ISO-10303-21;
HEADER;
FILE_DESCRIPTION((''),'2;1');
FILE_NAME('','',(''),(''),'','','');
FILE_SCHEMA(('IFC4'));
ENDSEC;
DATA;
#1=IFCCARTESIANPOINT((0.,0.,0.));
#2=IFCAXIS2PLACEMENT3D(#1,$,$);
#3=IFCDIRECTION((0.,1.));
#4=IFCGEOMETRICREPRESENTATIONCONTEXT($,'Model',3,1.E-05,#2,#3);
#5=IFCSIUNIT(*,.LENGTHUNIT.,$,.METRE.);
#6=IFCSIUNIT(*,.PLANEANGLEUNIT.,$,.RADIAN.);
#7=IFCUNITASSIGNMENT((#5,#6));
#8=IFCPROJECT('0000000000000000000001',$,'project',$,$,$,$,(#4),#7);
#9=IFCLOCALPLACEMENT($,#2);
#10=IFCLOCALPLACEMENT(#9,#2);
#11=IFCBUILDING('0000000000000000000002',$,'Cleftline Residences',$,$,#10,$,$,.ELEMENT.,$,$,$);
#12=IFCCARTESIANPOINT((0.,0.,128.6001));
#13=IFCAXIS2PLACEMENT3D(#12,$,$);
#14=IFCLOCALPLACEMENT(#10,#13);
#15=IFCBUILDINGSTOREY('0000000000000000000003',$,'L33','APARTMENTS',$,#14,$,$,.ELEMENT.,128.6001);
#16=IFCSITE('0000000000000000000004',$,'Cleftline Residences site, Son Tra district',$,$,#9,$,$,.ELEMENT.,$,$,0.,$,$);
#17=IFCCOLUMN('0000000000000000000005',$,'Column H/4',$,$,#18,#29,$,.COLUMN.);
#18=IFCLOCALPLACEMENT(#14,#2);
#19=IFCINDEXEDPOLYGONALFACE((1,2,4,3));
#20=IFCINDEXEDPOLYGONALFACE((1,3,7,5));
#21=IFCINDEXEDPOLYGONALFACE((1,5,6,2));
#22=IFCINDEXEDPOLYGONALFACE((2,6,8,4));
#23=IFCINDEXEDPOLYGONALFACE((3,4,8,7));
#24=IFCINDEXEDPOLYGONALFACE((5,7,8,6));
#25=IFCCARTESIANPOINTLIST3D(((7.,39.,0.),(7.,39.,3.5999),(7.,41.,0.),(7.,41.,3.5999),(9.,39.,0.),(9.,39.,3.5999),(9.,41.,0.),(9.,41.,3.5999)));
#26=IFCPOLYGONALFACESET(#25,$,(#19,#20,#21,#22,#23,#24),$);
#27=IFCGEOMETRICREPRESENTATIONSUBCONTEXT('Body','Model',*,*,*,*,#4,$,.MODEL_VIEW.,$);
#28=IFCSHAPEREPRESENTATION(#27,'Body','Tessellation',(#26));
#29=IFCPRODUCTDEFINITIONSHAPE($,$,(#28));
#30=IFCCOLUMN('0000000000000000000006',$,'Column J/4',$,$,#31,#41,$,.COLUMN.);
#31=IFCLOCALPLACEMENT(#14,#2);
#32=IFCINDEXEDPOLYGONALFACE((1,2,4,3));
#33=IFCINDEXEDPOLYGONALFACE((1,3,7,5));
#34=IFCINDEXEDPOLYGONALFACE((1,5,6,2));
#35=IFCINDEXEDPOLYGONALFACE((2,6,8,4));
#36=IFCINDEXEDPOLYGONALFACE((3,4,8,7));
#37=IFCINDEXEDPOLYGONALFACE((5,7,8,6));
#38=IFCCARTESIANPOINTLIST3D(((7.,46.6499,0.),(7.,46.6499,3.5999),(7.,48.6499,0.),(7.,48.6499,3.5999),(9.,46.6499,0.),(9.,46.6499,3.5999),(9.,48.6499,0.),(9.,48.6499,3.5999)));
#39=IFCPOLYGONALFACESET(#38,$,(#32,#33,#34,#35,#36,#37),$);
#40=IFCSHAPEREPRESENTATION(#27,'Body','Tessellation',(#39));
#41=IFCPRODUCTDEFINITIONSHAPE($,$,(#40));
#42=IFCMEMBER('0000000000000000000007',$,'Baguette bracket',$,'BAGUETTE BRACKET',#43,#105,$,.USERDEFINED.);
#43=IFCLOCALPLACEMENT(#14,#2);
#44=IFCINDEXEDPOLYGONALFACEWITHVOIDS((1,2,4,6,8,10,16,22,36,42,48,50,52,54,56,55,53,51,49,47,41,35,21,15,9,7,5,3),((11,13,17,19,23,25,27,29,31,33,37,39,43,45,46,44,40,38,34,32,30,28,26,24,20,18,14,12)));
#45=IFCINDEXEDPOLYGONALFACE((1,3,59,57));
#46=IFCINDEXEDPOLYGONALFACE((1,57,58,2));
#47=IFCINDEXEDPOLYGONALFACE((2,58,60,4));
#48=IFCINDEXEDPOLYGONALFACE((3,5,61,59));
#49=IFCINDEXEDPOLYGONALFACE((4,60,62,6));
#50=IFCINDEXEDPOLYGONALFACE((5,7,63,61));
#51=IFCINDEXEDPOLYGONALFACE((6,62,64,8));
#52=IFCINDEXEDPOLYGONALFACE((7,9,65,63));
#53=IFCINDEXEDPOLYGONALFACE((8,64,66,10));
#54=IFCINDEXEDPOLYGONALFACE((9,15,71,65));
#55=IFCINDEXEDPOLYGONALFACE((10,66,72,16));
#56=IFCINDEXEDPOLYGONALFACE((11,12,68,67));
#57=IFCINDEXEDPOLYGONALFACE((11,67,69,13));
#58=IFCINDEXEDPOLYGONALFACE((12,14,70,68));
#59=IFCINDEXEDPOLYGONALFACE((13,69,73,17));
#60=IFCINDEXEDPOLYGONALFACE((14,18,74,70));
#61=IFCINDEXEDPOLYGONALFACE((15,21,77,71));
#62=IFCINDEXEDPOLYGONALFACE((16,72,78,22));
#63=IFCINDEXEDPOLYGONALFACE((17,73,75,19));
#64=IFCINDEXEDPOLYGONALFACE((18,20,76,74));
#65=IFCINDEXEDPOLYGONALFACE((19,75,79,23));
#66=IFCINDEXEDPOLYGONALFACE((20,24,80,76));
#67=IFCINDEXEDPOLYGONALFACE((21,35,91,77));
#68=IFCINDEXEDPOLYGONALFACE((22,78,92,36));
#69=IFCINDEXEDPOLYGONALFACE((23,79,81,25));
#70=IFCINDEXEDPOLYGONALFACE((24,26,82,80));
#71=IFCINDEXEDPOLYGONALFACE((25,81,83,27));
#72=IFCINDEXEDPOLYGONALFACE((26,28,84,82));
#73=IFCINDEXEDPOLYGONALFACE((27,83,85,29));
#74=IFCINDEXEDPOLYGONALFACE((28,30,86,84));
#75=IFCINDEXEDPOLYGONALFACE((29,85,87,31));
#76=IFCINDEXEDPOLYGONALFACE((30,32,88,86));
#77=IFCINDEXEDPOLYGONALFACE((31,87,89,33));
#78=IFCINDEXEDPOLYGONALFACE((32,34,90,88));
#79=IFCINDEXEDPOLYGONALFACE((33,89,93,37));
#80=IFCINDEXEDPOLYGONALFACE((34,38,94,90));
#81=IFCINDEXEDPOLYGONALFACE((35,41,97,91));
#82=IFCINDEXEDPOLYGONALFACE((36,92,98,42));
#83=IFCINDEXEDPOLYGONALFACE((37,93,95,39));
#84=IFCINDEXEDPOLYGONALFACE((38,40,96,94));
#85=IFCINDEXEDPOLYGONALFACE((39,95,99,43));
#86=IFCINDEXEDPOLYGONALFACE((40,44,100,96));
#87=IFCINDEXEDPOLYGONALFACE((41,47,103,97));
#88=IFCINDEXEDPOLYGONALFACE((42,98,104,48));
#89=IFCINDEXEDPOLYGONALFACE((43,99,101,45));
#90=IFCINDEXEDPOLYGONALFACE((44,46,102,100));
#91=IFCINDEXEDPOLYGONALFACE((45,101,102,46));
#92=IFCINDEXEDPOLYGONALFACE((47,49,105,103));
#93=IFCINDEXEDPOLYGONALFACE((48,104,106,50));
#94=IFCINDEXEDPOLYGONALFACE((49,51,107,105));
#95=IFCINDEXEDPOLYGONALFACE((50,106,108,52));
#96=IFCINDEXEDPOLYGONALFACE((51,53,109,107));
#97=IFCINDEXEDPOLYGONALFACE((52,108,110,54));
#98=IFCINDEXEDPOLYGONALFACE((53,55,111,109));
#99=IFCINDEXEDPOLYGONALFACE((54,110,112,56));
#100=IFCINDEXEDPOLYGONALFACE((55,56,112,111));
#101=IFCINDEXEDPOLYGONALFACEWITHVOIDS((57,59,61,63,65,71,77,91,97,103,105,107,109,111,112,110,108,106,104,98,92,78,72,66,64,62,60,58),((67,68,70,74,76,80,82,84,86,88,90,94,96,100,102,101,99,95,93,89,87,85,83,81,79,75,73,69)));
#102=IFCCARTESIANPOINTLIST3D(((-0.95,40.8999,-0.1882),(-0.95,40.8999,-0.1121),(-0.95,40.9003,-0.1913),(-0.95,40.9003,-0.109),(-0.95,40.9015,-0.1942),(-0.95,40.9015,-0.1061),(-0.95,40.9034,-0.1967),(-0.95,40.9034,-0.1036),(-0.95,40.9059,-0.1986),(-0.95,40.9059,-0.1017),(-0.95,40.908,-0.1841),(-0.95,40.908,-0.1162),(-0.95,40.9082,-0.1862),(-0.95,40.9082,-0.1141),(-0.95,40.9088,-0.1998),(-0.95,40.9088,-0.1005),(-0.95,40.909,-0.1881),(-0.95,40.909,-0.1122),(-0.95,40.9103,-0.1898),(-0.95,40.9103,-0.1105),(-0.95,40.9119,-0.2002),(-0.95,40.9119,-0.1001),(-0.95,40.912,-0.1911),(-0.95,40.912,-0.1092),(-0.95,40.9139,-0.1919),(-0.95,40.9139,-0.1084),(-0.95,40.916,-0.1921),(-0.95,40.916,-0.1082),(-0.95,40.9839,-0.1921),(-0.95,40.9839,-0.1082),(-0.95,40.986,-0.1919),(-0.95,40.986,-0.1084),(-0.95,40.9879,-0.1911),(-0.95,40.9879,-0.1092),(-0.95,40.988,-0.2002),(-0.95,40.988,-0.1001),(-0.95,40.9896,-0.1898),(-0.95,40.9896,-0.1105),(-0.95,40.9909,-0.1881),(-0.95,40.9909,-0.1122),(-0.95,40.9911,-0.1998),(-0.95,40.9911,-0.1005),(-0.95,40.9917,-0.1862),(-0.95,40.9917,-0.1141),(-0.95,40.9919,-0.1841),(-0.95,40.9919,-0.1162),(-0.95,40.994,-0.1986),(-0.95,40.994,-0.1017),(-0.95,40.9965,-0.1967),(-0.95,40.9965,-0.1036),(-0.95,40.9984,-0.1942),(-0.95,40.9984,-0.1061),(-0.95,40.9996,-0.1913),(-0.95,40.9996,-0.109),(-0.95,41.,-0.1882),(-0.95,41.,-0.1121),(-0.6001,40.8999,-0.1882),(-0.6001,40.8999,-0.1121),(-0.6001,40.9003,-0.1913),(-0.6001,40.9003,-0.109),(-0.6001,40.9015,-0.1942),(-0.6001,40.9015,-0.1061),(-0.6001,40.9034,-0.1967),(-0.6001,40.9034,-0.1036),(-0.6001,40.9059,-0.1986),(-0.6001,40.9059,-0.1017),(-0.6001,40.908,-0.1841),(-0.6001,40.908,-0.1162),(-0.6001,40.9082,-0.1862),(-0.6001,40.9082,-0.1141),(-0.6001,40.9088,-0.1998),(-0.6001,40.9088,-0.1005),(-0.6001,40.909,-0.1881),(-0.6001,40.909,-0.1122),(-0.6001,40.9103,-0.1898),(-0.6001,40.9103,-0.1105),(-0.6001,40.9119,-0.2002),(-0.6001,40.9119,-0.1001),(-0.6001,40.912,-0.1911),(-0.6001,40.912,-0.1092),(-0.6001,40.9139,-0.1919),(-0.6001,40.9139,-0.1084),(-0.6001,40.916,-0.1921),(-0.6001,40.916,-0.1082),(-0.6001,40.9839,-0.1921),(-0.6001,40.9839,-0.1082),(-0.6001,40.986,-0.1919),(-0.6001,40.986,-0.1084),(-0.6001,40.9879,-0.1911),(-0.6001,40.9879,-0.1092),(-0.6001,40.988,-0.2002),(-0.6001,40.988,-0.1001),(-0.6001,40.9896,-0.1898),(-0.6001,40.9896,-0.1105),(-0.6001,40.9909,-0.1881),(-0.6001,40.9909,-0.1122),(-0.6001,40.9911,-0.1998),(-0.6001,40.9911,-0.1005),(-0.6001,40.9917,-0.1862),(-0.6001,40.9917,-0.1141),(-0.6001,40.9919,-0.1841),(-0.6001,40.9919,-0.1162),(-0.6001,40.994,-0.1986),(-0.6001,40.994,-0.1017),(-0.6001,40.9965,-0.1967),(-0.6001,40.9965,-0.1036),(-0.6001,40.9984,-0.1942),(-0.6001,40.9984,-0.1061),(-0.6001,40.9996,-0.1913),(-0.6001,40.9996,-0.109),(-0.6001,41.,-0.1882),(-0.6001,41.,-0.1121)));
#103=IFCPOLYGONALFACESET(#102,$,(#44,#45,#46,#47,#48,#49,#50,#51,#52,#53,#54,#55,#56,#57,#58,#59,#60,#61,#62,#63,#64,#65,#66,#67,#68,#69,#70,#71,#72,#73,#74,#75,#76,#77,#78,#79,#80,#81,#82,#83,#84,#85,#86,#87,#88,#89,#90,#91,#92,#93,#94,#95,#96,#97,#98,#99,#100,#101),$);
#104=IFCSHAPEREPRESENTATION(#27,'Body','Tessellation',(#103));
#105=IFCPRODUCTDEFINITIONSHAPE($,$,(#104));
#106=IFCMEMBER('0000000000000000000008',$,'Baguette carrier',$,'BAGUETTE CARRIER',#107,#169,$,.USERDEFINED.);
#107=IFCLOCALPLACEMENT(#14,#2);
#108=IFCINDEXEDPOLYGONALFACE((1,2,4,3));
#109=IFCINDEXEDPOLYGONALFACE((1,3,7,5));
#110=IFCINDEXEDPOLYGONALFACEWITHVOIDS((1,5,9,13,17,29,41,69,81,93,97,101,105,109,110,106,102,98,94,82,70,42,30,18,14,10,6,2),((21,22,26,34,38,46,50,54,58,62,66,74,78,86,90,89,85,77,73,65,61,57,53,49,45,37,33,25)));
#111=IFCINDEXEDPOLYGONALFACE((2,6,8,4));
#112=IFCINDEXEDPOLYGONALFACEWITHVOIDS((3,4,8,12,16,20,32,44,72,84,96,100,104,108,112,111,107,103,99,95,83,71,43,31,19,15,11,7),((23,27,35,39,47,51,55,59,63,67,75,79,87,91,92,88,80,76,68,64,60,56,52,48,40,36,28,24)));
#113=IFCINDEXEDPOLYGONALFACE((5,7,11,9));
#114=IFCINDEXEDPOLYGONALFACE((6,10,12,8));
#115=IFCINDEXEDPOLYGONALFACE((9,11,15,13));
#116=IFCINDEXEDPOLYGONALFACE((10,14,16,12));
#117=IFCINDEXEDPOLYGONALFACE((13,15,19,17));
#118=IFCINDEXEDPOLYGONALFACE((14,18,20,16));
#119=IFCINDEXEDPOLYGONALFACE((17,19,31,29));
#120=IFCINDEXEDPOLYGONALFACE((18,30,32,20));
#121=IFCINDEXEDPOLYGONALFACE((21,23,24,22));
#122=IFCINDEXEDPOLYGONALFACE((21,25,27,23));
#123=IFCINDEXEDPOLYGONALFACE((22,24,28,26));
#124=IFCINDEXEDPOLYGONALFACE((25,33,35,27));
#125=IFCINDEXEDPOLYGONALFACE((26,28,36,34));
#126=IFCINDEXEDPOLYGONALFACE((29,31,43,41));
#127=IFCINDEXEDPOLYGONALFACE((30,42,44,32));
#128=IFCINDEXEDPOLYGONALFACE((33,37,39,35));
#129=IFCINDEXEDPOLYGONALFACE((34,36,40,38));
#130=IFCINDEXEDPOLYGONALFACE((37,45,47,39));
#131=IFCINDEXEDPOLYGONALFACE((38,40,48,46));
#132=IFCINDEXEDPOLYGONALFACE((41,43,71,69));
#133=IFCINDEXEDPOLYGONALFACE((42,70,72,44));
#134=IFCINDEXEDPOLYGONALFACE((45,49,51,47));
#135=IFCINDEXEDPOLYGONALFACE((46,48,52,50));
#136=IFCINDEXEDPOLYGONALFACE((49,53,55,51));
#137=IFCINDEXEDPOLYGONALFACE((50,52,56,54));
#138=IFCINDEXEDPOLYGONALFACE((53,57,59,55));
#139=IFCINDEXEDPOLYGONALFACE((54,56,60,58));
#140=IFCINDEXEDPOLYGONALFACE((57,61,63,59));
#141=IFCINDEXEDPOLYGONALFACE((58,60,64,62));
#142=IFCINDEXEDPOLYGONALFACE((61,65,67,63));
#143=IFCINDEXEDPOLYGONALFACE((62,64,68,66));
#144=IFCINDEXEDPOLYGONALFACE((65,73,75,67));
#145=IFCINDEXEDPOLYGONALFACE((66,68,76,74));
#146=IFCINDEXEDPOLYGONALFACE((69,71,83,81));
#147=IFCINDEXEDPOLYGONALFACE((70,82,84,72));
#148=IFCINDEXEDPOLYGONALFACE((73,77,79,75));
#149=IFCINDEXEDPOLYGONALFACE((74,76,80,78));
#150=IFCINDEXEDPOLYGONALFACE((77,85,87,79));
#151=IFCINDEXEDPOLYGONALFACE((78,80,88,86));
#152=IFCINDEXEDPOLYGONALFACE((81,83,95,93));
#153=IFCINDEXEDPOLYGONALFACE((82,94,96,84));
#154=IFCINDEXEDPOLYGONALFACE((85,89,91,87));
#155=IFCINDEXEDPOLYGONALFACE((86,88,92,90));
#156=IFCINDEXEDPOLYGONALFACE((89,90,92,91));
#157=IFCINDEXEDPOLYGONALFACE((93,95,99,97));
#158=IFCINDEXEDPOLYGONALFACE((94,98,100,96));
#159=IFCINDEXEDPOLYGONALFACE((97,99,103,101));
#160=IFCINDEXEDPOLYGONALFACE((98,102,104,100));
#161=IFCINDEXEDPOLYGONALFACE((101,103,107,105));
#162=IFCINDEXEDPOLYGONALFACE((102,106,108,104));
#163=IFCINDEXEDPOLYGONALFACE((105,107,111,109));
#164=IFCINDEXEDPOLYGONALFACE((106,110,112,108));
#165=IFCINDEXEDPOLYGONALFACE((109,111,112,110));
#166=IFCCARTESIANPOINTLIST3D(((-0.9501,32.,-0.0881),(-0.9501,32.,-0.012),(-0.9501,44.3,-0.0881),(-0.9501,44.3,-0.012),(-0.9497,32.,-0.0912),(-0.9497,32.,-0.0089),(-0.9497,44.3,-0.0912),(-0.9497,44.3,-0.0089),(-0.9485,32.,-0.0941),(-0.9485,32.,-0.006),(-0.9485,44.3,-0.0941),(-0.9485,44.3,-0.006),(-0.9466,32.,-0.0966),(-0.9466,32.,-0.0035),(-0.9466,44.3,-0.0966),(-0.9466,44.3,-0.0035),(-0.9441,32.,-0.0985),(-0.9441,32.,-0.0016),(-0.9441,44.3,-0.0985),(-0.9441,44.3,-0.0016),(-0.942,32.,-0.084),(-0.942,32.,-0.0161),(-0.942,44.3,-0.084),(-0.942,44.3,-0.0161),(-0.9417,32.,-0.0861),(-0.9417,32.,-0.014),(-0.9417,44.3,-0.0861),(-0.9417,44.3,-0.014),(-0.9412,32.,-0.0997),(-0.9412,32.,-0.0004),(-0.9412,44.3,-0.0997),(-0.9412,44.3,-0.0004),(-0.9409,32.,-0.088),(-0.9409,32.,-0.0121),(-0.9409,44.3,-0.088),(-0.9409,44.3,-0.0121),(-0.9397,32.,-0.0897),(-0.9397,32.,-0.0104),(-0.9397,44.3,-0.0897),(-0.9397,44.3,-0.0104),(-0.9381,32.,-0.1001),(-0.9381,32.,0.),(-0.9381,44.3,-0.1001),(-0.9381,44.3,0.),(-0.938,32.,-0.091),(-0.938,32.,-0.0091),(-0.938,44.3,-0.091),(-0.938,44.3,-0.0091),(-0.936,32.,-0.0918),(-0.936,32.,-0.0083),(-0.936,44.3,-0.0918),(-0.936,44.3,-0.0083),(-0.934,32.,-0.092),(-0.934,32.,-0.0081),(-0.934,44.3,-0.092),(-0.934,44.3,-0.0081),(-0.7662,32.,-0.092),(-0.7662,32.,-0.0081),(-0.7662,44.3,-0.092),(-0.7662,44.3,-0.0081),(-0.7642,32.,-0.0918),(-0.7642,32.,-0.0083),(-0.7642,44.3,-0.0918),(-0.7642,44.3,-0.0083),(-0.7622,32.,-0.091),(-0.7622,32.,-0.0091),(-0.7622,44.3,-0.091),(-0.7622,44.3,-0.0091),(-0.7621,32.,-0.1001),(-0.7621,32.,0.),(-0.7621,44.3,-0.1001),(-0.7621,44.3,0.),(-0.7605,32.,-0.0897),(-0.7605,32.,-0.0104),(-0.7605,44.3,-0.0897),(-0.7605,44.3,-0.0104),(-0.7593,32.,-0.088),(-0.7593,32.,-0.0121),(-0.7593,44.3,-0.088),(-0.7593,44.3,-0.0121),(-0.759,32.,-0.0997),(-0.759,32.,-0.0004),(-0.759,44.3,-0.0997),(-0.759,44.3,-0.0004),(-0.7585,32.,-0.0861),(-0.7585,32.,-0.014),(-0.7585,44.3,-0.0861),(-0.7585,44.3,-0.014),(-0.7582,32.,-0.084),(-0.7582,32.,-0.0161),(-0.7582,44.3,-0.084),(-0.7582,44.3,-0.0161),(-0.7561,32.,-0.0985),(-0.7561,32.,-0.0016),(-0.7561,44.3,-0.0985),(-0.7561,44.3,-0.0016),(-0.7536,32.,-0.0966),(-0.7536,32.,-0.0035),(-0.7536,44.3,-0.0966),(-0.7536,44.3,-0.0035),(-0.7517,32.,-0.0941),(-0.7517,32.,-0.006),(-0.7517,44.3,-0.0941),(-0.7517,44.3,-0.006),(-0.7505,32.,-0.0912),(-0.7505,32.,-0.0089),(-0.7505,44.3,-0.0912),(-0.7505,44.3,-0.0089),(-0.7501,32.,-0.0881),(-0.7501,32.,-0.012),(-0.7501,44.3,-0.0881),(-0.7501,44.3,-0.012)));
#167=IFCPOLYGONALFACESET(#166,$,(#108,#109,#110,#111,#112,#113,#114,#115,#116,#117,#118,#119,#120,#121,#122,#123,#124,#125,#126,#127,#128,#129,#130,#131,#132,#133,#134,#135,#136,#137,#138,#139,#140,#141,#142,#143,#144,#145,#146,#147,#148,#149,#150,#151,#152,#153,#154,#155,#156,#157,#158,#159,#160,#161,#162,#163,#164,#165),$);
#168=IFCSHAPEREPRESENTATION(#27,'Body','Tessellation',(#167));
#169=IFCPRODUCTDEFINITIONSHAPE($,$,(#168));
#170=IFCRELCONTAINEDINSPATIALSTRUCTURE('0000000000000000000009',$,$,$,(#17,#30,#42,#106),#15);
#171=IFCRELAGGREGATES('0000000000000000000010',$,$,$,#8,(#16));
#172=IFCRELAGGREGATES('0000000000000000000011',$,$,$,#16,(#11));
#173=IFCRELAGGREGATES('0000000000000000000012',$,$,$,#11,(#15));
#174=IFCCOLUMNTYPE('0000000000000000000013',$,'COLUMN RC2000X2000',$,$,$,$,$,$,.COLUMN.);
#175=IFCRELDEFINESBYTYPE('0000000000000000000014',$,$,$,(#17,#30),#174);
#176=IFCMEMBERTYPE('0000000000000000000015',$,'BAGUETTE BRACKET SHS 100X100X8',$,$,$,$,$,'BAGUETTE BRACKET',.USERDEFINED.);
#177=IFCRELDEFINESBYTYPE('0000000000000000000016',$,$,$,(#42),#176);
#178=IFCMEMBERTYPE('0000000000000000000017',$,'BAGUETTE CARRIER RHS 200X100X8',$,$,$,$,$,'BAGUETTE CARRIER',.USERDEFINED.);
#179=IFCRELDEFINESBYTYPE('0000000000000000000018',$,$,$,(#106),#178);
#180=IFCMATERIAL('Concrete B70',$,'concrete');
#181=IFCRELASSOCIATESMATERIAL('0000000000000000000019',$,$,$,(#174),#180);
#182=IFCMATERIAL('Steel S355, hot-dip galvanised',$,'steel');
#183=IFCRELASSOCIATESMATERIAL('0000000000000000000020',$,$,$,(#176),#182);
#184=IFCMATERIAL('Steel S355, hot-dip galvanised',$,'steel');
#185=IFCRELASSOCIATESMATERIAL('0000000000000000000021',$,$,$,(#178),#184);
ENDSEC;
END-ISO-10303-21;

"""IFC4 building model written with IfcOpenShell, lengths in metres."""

from ifc_helpers import new_model, si_unit, direction, frame, origin, origin_2d, place, context, subcontext, project, spatial, rectangle, hollow_rectangle, extrude, material, material_profile, profile_set, type_object, element, save


model = new_model("IFC4")

# Units and contexts
model_context = context("Model", 3, precision=1e-05, world=origin(), true_north=direction((0.0, 1.0)))
body_context = subcontext(model_context, "Body", "Model", "MODEL_VIEW")
ifc_project = project(units=[si_unit("LENGTHUNIT", "METRE"), si_unit("PLANEANGLEUNIT", "RADIAN")], contexts=[model_context])

# Site, building, storey
site_placement = place(None, origin())
site = spatial("IfcSite", under=ifc_project, at=site_placement, Name="Cleftline Residences site, Son Tra district", CompositionType="ELEMENT", RefElevation=0.0)
building_placement = place(site_placement, origin())
building = spatial("IfcBuilding", under=site, at=building_placement, Name="Cleftline Residences", CompositionType="ELEMENT")
storey_placement = place(building_placement, frame((0.0, 0.0, 128.6001)))
storey = spatial("IfcBuildingStorey", under=building, at=storey_placement, Name="L33", Description="APARTMENTS", CompositionType="ELEMENT", Elevation=128.6001)

# Columns
ifc_material_1 = material(Name="Concrete B70", Category="concrete")
ifc_material_profile_1 = material_profile(ifc_material_1, rectangle(XDim=2.0, YDim=2.0, at=origin_2d()))
ifc_profile_set_1 = profile_set([ifc_material_profile_1], Name="Concrete B70")
column_type = type_object("IfcColumnType", Name="COLUMN RC2000X2000", PredefinedType="COLUMN", material=ifc_profile_set_1)
for number, where, z_axis, x_axis, name in (
    (1, (8.0, 40.0, 0.0), (0.0, 0.0, 1.0), (1.0, 0.0, 0.0), "Column H/4"),
    (2, (8.0, 47.6499, 0.0), (0.0, 0.0, 1.0), (1.0, 0.0, 0.0), "Column J/4"),
):
    element("IfcColumn", number, at=place(storey_placement, frame(where, z_axis=z_axis, x_axis=x_axis)), inside=storey, type_object=column_type, Name=name, PredefinedType="COLUMN", context=body_context, shape_type="SweptSolid", body=[
        extrude(rectangle(XDim=2.0, YDim=2.0, at=origin_2d()), origin(), (0.0, 0.0, 1.0), 3.5999),
    ])

# Members
ifc_material_2 = material(Name="Steel S355, hot-dip galvanised", Category="steel")
ifc_material_profile_2 = material_profile(ifc_material_2, hollow_rectangle(XDim=0.1001, YDim=0.1001, WallThickness=0.0081, InnerFilletRadius=0.0081, OuterFilletRadius=0.012, at=origin_2d()))
ifc_profile_set_2 = profile_set([ifc_material_profile_2], Name="Steel S355, hot-dip galvanised")
member_type_1 = type_object("IfcMemberType", Name="BAGUETTE BRACKET SHS 100X100X8", ElementType="BAGUETTE BRACKET", PredefinedType="USERDEFINED", material=ifc_profile_set_2)
member_1_placement = place(storey_placement, frame((-0.6001, 40.95, -0.1501), z_axis=(-1.0, 0.0, 0.0), x_axis=(0.0, -1.0, 0.0)))
element("IfcMember", 3, at=member_1_placement, inside=storey, type_object=member_type_1, Name="Baguette bracket", ObjectType="BAGUETTE BRACKET", PredefinedType="USERDEFINED", context=body_context, shape_type="SweptSolid", body=[
    extrude(hollow_rectangle(XDim=0.1001, YDim=0.1001, WallThickness=0.0081, InnerFilletRadius=0.0081, OuterFilletRadius=0.012, at=origin_2d()), origin(), (0.0, 0.0, 1.0), 0.3499),
])
ifc_material_3 = material(Name="Steel S355, hot-dip galvanised", Category="steel")
ifc_material_profile_3 = material_profile(ifc_material_3, hollow_rectangle(XDim=0.1001, YDim=0.2, WallThickness=0.0081, InnerFilletRadius=0.0081, OuterFilletRadius=0.012, at=origin_2d()))
ifc_profile_set_3 = profile_set([ifc_material_profile_3], Name="Steel S355, hot-dip galvanised")
member_type_2 = type_object("IfcMemberType", Name="BAGUETTE CARRIER RHS 200X100X8", ElementType="BAGUETTE CARRIER", PredefinedType="USERDEFINED", material=ifc_profile_set_3)
member_2_placement = place(storey_placement, frame((-0.8501, 44.3, -0.05), z_axis=(0.0, -1.0, 0.0), x_axis=(0.0, 0.0, 1.0)))
element("IfcMember", 4, at=member_2_placement, inside=storey, type_object=member_type_2, Name="Baguette carrier", ObjectType="BAGUETTE CARRIER", PredefinedType="USERDEFINED", context=body_context, shape_type="SweptSolid", body=[
    extrude(hollow_rectangle(XDim=0.1001, YDim=0.2, WallThickness=0.0081, InnerFilletRadius=0.0081, OuterFilletRadius=0.012, at=origin_2d()), origin(), (0.0, 0.0, 1.0), 12.3),
])

save(model, "model.ifc")
